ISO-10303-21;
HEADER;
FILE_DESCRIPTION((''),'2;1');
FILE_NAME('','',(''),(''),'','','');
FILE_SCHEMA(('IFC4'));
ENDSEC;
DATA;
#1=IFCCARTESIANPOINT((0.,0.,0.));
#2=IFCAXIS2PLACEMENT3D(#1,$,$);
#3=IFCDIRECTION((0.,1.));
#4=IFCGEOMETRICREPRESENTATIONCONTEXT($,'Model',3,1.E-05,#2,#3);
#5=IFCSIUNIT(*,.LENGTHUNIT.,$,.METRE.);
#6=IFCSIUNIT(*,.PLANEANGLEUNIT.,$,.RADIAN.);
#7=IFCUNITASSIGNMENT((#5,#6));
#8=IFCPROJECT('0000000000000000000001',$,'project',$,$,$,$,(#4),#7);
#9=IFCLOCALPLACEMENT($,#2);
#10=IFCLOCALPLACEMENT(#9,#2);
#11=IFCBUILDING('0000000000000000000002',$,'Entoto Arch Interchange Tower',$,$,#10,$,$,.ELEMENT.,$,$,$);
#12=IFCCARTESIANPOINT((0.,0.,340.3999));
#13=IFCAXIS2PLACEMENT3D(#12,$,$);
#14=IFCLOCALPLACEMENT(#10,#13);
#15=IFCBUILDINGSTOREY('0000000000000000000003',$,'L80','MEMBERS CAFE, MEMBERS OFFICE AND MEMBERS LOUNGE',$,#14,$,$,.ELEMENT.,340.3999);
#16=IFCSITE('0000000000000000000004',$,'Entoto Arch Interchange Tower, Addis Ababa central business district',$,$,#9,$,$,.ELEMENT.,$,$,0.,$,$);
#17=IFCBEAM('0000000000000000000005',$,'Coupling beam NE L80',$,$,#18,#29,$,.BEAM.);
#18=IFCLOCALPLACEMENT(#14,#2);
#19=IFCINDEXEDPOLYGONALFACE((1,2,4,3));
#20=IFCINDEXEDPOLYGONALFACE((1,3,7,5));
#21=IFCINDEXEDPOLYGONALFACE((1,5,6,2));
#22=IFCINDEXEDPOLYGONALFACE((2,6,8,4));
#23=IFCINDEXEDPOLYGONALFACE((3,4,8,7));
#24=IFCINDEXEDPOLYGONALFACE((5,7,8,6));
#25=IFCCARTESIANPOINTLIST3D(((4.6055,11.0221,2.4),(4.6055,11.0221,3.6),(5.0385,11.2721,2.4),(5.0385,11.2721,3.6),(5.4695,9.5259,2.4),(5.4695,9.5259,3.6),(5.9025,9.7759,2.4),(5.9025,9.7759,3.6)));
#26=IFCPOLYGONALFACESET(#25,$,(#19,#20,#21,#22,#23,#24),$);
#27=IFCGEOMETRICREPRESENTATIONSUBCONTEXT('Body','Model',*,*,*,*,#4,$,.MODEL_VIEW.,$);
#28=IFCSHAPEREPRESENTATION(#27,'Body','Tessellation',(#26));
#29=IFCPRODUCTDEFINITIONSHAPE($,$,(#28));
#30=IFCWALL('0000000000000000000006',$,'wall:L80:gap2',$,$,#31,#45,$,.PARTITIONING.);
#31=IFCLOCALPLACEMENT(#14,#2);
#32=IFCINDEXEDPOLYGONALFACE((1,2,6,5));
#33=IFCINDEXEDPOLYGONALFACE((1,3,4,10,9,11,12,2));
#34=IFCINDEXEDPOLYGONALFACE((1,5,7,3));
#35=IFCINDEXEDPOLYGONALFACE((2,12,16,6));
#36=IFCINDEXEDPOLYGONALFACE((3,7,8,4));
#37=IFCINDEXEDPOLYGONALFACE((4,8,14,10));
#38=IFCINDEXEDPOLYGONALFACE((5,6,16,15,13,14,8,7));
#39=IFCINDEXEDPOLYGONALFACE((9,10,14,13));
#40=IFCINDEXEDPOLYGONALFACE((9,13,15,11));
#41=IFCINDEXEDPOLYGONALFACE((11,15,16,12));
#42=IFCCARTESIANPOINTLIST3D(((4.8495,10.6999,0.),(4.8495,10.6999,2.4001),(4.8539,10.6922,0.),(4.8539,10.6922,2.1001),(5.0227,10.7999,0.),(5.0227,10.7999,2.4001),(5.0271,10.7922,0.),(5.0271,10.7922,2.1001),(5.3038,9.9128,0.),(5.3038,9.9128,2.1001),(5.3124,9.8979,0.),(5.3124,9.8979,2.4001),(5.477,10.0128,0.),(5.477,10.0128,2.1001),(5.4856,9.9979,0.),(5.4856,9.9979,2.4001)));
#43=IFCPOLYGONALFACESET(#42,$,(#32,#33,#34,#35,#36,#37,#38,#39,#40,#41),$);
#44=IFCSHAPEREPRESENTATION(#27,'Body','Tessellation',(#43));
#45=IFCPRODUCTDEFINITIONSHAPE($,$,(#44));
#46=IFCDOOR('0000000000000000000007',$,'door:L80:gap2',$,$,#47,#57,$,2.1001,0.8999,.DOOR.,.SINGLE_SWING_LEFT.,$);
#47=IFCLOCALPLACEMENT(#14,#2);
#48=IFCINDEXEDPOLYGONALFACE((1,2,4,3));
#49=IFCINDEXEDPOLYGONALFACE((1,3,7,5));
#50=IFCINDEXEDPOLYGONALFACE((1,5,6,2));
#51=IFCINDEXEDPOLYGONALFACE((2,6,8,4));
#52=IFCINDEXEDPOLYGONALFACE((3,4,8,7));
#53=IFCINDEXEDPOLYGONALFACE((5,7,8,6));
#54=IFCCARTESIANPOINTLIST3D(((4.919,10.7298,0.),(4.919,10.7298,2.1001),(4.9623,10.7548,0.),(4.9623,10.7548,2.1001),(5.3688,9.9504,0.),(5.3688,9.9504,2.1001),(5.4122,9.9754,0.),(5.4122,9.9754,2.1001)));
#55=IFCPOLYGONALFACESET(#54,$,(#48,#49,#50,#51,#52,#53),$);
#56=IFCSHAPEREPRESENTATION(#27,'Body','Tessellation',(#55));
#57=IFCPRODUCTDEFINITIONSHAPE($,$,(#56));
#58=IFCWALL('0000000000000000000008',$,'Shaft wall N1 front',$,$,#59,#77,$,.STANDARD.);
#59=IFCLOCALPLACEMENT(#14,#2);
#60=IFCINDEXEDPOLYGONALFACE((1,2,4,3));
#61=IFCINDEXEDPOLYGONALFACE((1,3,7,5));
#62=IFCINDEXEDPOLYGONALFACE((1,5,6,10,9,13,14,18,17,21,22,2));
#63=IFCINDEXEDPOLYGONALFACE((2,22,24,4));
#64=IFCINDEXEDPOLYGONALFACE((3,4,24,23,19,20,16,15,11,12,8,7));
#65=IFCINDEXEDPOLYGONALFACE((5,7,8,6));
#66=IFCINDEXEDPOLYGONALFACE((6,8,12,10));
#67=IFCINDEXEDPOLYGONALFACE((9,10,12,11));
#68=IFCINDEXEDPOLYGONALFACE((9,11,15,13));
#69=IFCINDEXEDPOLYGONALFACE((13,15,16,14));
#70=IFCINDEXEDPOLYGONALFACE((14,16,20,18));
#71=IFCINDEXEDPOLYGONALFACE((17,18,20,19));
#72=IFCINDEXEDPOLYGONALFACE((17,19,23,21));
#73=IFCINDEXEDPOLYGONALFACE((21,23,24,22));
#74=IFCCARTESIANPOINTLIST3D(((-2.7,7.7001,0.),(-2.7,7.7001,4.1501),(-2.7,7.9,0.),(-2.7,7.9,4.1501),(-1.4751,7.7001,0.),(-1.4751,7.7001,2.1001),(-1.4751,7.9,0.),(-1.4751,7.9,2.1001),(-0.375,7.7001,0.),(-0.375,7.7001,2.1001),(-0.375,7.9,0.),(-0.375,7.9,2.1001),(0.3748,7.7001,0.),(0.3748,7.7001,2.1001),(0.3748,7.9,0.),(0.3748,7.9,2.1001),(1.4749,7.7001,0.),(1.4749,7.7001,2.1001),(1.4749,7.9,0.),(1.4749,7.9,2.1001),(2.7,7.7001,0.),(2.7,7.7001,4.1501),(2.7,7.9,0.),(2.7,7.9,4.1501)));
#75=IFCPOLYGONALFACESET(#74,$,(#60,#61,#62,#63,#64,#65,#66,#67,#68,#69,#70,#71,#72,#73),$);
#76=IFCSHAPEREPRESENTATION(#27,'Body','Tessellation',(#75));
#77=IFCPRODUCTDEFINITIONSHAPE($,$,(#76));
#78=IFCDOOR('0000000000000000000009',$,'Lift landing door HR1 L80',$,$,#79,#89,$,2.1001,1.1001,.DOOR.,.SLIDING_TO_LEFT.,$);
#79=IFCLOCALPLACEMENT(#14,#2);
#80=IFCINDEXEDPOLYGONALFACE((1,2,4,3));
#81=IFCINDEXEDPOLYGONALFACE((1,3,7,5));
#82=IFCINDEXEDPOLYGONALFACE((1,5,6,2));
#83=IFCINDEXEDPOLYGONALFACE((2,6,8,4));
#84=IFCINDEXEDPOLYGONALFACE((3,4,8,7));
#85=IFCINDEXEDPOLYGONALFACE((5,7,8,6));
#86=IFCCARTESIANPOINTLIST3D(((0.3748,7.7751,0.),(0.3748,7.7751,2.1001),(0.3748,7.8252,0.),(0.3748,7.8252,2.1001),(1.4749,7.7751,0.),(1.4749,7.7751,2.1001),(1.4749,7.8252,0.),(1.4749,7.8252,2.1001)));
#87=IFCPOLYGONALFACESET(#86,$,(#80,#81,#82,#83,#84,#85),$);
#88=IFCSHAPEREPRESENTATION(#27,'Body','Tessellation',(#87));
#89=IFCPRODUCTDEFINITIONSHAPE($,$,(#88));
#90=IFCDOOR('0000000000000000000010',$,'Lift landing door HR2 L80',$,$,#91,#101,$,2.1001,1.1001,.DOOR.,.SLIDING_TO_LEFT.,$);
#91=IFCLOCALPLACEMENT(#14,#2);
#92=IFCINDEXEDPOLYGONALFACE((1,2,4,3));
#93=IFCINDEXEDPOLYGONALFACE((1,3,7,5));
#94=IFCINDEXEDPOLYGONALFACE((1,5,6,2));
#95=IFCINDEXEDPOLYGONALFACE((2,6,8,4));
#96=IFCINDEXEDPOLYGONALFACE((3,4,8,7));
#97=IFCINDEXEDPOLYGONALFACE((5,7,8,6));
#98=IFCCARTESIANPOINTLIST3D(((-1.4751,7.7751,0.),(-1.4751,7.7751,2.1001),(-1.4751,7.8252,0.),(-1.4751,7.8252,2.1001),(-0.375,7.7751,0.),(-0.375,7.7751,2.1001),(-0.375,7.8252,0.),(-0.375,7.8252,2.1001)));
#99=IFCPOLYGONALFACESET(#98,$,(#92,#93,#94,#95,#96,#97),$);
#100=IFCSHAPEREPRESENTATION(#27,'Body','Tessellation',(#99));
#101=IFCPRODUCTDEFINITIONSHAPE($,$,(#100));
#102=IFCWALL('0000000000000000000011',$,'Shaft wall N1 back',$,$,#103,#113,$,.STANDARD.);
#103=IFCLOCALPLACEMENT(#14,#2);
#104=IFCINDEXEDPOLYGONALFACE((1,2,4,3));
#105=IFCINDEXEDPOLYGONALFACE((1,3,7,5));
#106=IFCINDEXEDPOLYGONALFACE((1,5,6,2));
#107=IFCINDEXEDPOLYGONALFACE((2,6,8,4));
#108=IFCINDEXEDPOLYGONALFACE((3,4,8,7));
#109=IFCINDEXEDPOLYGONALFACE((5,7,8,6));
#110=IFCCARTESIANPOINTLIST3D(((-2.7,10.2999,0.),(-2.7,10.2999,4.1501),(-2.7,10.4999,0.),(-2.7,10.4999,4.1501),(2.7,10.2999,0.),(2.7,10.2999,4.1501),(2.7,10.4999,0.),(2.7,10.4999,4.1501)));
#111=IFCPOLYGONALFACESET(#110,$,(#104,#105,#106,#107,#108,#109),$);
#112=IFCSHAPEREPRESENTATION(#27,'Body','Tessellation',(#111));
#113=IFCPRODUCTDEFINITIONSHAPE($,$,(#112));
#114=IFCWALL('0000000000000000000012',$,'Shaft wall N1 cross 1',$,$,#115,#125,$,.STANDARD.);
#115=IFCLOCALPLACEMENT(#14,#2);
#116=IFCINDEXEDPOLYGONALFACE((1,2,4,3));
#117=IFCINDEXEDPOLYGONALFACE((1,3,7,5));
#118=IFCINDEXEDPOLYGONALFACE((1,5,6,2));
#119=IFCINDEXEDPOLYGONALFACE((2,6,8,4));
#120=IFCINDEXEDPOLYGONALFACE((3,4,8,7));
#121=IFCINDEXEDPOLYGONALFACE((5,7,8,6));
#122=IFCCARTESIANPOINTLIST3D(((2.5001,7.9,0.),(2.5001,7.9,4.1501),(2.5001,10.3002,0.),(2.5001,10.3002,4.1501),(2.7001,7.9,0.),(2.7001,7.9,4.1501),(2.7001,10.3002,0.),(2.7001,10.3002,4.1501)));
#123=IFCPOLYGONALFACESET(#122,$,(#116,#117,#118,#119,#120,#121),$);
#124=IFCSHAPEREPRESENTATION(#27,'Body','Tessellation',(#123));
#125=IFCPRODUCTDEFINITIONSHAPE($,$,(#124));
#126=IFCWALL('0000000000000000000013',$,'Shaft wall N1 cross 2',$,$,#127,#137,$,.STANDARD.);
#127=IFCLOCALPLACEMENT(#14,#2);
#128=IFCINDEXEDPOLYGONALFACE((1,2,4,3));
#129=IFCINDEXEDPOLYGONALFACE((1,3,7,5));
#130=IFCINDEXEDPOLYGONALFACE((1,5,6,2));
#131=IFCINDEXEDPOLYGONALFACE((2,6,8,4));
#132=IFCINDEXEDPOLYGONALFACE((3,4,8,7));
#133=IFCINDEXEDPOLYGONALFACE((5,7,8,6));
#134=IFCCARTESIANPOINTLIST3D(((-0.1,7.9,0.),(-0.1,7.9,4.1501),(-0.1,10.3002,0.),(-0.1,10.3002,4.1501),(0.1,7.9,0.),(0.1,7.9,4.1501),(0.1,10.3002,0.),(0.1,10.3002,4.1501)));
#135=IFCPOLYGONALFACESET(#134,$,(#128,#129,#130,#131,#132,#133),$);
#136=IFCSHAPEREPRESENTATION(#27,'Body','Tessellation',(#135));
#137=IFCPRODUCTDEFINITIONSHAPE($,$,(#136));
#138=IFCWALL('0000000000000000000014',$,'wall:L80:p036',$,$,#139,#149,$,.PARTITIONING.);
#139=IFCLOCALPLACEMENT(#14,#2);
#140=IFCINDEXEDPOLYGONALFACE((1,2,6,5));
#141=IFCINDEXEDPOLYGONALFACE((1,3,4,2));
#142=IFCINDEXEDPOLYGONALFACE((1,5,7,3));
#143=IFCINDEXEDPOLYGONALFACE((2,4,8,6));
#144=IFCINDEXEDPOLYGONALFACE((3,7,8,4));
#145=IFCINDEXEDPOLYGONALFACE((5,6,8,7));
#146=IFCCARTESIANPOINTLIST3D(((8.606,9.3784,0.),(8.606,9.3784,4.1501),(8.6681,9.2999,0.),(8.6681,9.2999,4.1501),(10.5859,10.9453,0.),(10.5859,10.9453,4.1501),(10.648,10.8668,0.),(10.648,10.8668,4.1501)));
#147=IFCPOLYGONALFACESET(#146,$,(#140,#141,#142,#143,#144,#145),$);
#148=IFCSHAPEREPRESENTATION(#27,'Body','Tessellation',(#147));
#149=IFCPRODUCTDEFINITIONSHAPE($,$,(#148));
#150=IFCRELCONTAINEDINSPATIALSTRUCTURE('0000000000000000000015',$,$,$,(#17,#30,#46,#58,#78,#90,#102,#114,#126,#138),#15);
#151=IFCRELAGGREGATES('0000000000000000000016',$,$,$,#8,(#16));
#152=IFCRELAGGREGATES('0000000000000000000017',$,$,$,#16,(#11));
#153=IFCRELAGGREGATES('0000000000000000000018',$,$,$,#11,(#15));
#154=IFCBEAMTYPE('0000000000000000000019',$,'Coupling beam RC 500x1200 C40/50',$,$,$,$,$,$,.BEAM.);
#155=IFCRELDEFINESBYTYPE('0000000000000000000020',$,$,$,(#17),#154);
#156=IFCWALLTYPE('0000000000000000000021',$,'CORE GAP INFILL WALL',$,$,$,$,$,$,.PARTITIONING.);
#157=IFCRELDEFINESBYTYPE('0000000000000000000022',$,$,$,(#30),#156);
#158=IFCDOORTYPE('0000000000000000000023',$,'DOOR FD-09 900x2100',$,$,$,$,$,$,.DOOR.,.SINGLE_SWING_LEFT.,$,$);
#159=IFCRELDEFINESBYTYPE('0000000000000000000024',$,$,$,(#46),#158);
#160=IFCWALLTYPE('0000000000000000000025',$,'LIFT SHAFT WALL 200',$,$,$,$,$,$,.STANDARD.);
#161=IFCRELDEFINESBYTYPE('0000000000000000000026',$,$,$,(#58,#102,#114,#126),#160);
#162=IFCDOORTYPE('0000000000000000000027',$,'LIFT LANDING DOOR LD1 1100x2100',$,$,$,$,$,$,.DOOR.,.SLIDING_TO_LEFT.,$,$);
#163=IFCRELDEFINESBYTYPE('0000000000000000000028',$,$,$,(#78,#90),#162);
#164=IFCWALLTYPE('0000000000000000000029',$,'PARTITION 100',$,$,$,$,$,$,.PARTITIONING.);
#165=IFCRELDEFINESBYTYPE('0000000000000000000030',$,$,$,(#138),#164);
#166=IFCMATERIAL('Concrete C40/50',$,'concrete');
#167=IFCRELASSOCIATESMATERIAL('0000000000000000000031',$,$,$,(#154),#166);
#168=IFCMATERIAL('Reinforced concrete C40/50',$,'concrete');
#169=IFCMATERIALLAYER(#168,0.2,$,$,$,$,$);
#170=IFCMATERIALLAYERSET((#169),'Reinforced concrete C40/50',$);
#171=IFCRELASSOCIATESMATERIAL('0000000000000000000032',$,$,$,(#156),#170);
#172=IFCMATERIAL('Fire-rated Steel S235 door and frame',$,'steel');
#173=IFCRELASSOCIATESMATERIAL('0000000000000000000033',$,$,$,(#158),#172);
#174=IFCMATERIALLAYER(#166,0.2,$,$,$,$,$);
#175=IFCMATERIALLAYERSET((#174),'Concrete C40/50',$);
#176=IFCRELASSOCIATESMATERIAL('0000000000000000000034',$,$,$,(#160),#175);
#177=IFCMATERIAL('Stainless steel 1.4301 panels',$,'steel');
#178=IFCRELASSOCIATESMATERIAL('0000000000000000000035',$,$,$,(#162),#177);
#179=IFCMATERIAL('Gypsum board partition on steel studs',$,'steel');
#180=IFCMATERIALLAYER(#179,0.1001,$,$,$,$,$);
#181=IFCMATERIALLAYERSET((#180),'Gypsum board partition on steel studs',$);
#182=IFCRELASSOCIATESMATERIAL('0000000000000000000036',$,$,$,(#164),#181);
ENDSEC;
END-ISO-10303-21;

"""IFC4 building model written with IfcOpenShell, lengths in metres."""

from ifc_helpers import new_model, si_unit, direction, frame, frame_2d, origin, origin_2d, place, context, subcontext, project, spatial, rectangle, extrude, material, layer, layer_set, material_profile, profile_set, type_object, element, fill, save


model = new_model("IFC4")

# Units and contexts
model_context = context("Model", 3, precision=1e-05, world=origin(), true_north=direction((0.0, 1.0)))
body_context = subcontext(model_context, "Body", "Model", "MODEL_VIEW")
ifc_project = project(units=[si_unit("LENGTHUNIT", "METRE"), si_unit("PLANEANGLEUNIT", "RADIAN")], contexts=[model_context])

# Site, building, storey
site_placement = place(None, origin())
site = spatial("IfcSite", under=ifc_project, at=site_placement, Name="Entoto Arch Interchange Tower, Addis Ababa central business district", CompositionType="ELEMENT", RefElevation=0.0)
building_placement = place(site_placement, origin())
building = spatial("IfcBuilding", under=site, at=building_placement, Name="Entoto Arch Interchange Tower", CompositionType="ELEMENT")
storey_placement = place(building_placement, frame((0.0, 0.0, 340.3999)))
storey = spatial("IfcBuildingStorey", under=building, at=storey_placement, Name="L80", Description="MEMBERS CAFE, MEMBERS OFFICE AND MEMBERS LOUNGE", CompositionType="ELEMENT", Elevation=340.3999)

# Beam
ifc_material_1 = material(Name="Concrete C40/50", Category="concrete")
ifc_material_profile = material_profile(ifc_material_1, rectangle(XDim=0.5, YDim=1.2, at=origin_2d()))
ifc_profile_set = profile_set([ifc_material_profile], Name="Concrete C40/50")
beam_type = type_object("IfcBeamType", Name="Coupling beam RC 500x1200 C40/50", PredefinedType="BEAM", material=ifc_profile_set)
beam_placement = place(storey_placement, frame((5.686, 9.6509, 3.0), z_axis=(-0.500106, 0.865964, 0.0), x_axis=(-0.865964, -0.500106, 0.0)))
element("IfcBeam", 1, at=beam_placement, inside=storey, type_object=beam_type, Name="Coupling beam NE L80", PredefinedType="BEAM", context=body_context, shape_type="SweptSolid", body=[
    extrude(rectangle(XDim=0.5, YDim=1.2, at=origin_2d()), origin(), (0.0, 0.0, 1.0), 1.7278),
])

# Wall, opening, door
ifc_material_2 = material(Name="Reinforced concrete C40/50", Category="concrete")
ifc_layer_1 = layer(ifc_material_2, 0.2)
ifc_layer_set_1 = layer_set([ifc_layer_1], Name="Reinforced concrete C40/50")
wall_type_1 = type_object("IfcWallType", Name="CORE GAP INFILL WALL", PredefinedType="PARTITIONING", material=ifc_layer_set_1)
wall_1_placement = place(storey_placement, frame((5.3989, 9.948, 0.0), z_axis=(0.0, 0.0, 1.0), x_axis=(-0.499882, 0.866093, 0.0)))
wall_1 = element("IfcWall", 2, at=wall_1_placement, inside=storey, type_object=wall_type_1, Name="wall:L80:gap2", PredefinedType="PARTITIONING", context=body_context, shape_type="SweptSolid", body=[
    extrude(rectangle(XDim=0.926, YDim=0.2, at=frame_2d((0.4629, 0.0))), origin(), (0.0, 0.0, 1.0), 2.4001),
])
opening_1_placement = place(wall_1_placement, frame((0.0171, 0.0, 0.0)))
opening_1 = element("IfcOpeningElement", 3, at=opening_1_placement, cuts=wall_1, PredefinedType="OPENING", context=body_context, shape_type="SweptSolid", body=[
    extrude(rectangle(XDim=0.8999, YDim=2.1001, at=frame_2d((0.45, 1.05))), frame((0.0, 0.1099, 0.0), z_axis=(0.0, -1.0, 0.0), x_axis=(1.0, 0.0, 0.0)), (0.0, 0.0, 1.0), 0.22),
])
ifc_material_3 = material(Name="Fire-rated Steel S235 door and frame", Category="steel")
door_type_1 = type_object("IfcDoorType", Name="DOOR FD-09 900x2100", OperationType="SINGLE_SWING_LEFT", PredefinedType="DOOR", material=ifc_material_3)
door_1_placement = place(opening_1_placement, origin())
door_1 = element("IfcDoor", 4, at=door_1_placement, inside=storey, type_object=door_type_1, Name="door:L80:gap2", OperationType="SINGLE_SWING_LEFT", OverallHeight=2.1001, OverallWidth=0.8999, PredefinedType="DOOR", context=body_context, shape_type="SweptSolid", body=[
    extrude(rectangle(XDim=0.8999, YDim=2.1001, at=frame_2d((0.45, 1.05))), frame((0.0, 0.0249, 0.0), z_axis=(0.0, -1.0, 0.0), x_axis=(1.0, 0.0, 0.0)), (0.0, 0.0, 1.0), 0.05),
])
fill(opening_1, door_1)

# Wall, openings, doors
ifc_layer_2 = layer(ifc_material_1, 0.2)
ifc_layer_set_2 = layer_set([ifc_layer_2], Name="Concrete C40/50")
wall_type_2 = type_object("IfcWallType", Name="LIFT SHAFT WALL 200", PredefinedType="STANDARD", material=ifc_layer_set_2)
wall_2_placement = place(storey_placement, frame((2.7, 7.8, 0.0), z_axis=(0.0, 0.0, 1.0), x_axis=(-1.0, 0.0, 0.0)))
wall_2 = element("IfcWall", 5, at=wall_2_placement, inside=storey, type_object=wall_type_2, Name="Shaft wall N1 front", PredefinedType="STANDARD", context=body_context, shape_type="SweptSolid", body=[
    extrude(rectangle(XDim=5.3999, YDim=0.2, at=frame_2d((2.7, 0.0))), origin(), (0.0, 0.0, 1.0), 4.1501),
])
opening_2_placement = place(wall_2_placement, frame((1.2251, 0.0, 0.0)))
opening_2 = element("IfcOpeningElement", 6, at=opening_2_placement, cuts=wall_2, PredefinedType="OPENING", context=body_context, shape_type="SweptSolid", body=[
    extrude(rectangle(XDim=1.1001, YDim=2.1001, at=frame_2d((0.55, 1.05))), frame((0.0, 0.1099, 0.0), z_axis=(0.0, -1.0, 0.0), x_axis=(1.0, 0.0, 0.0)), (0.0, 0.0, 1.0), 0.22),
])
opening_3_placement = place(wall_2_placement, frame((3.075, 0.0, 0.0)))
opening_3 = element("IfcOpeningElement", 7, at=opening_3_placement, cuts=wall_2, PredefinedType="OPENING", context=body_context, shape_type="SweptSolid", body=[
    extrude(rectangle(XDim=1.1001, YDim=2.1001, at=frame_2d((0.55, 1.05))), frame((0.0, 0.1099, 0.0), z_axis=(0.0, -1.0, 0.0), x_axis=(1.0, 0.0, 0.0)), (0.0, 0.0, 1.0), 0.22),
])
ifc_material_4 = material(Name="Stainless steel 1.4301 panels", Category="steel")
door_type_2 = type_object("IfcDoorType", Name="LIFT LANDING DOOR LD1 1100x2100", OperationType="SLIDING_TO_LEFT", PredefinedType="DOOR", material=ifc_material_4)
door_2_placement = place(opening_2_placement, origin())
door_2 = element("IfcDoor", 8, at=door_2_placement, inside=storey, type_object=door_type_2, Name="Lift landing door HR1 L80", OperationType="SLIDING_TO_LEFT", OverallHeight=2.1001, OverallWidth=1.1001, PredefinedType="DOOR", context=body_context, shape_type="SweptSolid", body=[
    extrude(rectangle(XDim=1.1001, YDim=2.1001, at=frame_2d((0.55, 1.05))), frame((0.0, 0.0249, 0.0), z_axis=(0.0, -1.0, 0.0), x_axis=(1.0, 0.0, 0.0)), (0.0, 0.0, 1.0), 0.05),
])
fill(opening_2, door_2)
door_3_placement = place(opening_3_placement, origin())
door_3 = element("IfcDoor", 9, at=door_3_placement, inside=storey, type_object=door_type_2, Name="Lift landing door HR2 L80", OperationType="SLIDING_TO_LEFT", OverallHeight=2.1001, OverallWidth=1.1001, PredefinedType="DOOR", context=body_context, shape_type="SweptSolid", body=[
    extrude(rectangle(XDim=1.1001, YDim=2.1001, at=frame_2d((0.55, 1.05))), frame((0.0, 0.0249, 0.0), z_axis=(0.0, -1.0, 0.0), x_axis=(1.0, 0.0, 0.0)), (0.0, 0.0, 1.0), 0.05),
])
fill(opening_3, door_3)

# Walls
wall_3_placement = place(storey_placement, frame((2.7, 10.3999, 0.0), z_axis=(0.0, 0.0, 1.0), x_axis=(-1.0, 0.0, 0.0)))
element("IfcWall", 10, at=wall_3_placement, inside=storey, type_object=wall_type_2, Name="Shaft wall N1 back", PredefinedType="STANDARD", context=body_context, shape_type="SweptSolid", body=[
    extrude(rectangle(XDim=5.3999, YDim=0.2, at=frame_2d((2.7, 0.0))), origin(), (0.0, 0.0, 1.0), 4.1501),
])
for number, where, z_axis, x_axis, name in (
    (11, (2.6001, 7.8999, 0.0), (0.0, 0.0, 1.0), (0.0, 1.0, 0.0), "Shaft wall N1 cross 1"),
    (12, (0.0, 7.8999, 0.0), (0.0, 0.0, 1.0), (0.0, 1.0, 0.0), "Shaft wall N1 cross 2"),
):
    element("IfcWall", number, at=place(storey_placement, frame(where, z_axis=z_axis, x_axis=x_axis)), inside=storey, type_object=wall_type_2, Name=name, PredefinedType="STANDARD", context=body_context, shape_type="SweptSolid", body=[
        extrude(rectangle(XDim=2.4001, YDim=0.2, at=frame_2d((1.2002, 0.0))), origin(), (0.0, 0.0, 1.0), 4.1501),
    ])
ifc_material_5 = material(Name="Gypsum board partition on steel studs", Category="steel")
ifc_layer_3 = layer(ifc_material_5, 0.1001)
ifc_layer_set_3 = layer_set([ifc_layer_3], Name="Gypsum board partition on steel studs")
wall_type_3 = type_object("IfcWallType", Name="PARTITION 100", PredefinedType="PARTITIONING", material=ifc_layer_set_3)
wall_4_placement = place(storey_placement, frame((10.6169, 10.906, 0.0), z_axis=(0.0, 0.0, 1.0), x_axis=(-0.78416, -0.620559, 0.0)))
element("IfcWall", 13, at=wall_4_placement, inside=storey, type_object=wall_type_3, Name="wall:L80:p036", PredefinedType="PARTITIONING", context=body_context, shape_type="SweptSolid", body=[
    extrude(rectangle(XDim=2.5249, YDim=0.1001, at=frame_2d((1.2625, 0.0))), origin(), (0.0, 0.0, 1.0), 4.1501),
])

save(model, "model.ifc")
